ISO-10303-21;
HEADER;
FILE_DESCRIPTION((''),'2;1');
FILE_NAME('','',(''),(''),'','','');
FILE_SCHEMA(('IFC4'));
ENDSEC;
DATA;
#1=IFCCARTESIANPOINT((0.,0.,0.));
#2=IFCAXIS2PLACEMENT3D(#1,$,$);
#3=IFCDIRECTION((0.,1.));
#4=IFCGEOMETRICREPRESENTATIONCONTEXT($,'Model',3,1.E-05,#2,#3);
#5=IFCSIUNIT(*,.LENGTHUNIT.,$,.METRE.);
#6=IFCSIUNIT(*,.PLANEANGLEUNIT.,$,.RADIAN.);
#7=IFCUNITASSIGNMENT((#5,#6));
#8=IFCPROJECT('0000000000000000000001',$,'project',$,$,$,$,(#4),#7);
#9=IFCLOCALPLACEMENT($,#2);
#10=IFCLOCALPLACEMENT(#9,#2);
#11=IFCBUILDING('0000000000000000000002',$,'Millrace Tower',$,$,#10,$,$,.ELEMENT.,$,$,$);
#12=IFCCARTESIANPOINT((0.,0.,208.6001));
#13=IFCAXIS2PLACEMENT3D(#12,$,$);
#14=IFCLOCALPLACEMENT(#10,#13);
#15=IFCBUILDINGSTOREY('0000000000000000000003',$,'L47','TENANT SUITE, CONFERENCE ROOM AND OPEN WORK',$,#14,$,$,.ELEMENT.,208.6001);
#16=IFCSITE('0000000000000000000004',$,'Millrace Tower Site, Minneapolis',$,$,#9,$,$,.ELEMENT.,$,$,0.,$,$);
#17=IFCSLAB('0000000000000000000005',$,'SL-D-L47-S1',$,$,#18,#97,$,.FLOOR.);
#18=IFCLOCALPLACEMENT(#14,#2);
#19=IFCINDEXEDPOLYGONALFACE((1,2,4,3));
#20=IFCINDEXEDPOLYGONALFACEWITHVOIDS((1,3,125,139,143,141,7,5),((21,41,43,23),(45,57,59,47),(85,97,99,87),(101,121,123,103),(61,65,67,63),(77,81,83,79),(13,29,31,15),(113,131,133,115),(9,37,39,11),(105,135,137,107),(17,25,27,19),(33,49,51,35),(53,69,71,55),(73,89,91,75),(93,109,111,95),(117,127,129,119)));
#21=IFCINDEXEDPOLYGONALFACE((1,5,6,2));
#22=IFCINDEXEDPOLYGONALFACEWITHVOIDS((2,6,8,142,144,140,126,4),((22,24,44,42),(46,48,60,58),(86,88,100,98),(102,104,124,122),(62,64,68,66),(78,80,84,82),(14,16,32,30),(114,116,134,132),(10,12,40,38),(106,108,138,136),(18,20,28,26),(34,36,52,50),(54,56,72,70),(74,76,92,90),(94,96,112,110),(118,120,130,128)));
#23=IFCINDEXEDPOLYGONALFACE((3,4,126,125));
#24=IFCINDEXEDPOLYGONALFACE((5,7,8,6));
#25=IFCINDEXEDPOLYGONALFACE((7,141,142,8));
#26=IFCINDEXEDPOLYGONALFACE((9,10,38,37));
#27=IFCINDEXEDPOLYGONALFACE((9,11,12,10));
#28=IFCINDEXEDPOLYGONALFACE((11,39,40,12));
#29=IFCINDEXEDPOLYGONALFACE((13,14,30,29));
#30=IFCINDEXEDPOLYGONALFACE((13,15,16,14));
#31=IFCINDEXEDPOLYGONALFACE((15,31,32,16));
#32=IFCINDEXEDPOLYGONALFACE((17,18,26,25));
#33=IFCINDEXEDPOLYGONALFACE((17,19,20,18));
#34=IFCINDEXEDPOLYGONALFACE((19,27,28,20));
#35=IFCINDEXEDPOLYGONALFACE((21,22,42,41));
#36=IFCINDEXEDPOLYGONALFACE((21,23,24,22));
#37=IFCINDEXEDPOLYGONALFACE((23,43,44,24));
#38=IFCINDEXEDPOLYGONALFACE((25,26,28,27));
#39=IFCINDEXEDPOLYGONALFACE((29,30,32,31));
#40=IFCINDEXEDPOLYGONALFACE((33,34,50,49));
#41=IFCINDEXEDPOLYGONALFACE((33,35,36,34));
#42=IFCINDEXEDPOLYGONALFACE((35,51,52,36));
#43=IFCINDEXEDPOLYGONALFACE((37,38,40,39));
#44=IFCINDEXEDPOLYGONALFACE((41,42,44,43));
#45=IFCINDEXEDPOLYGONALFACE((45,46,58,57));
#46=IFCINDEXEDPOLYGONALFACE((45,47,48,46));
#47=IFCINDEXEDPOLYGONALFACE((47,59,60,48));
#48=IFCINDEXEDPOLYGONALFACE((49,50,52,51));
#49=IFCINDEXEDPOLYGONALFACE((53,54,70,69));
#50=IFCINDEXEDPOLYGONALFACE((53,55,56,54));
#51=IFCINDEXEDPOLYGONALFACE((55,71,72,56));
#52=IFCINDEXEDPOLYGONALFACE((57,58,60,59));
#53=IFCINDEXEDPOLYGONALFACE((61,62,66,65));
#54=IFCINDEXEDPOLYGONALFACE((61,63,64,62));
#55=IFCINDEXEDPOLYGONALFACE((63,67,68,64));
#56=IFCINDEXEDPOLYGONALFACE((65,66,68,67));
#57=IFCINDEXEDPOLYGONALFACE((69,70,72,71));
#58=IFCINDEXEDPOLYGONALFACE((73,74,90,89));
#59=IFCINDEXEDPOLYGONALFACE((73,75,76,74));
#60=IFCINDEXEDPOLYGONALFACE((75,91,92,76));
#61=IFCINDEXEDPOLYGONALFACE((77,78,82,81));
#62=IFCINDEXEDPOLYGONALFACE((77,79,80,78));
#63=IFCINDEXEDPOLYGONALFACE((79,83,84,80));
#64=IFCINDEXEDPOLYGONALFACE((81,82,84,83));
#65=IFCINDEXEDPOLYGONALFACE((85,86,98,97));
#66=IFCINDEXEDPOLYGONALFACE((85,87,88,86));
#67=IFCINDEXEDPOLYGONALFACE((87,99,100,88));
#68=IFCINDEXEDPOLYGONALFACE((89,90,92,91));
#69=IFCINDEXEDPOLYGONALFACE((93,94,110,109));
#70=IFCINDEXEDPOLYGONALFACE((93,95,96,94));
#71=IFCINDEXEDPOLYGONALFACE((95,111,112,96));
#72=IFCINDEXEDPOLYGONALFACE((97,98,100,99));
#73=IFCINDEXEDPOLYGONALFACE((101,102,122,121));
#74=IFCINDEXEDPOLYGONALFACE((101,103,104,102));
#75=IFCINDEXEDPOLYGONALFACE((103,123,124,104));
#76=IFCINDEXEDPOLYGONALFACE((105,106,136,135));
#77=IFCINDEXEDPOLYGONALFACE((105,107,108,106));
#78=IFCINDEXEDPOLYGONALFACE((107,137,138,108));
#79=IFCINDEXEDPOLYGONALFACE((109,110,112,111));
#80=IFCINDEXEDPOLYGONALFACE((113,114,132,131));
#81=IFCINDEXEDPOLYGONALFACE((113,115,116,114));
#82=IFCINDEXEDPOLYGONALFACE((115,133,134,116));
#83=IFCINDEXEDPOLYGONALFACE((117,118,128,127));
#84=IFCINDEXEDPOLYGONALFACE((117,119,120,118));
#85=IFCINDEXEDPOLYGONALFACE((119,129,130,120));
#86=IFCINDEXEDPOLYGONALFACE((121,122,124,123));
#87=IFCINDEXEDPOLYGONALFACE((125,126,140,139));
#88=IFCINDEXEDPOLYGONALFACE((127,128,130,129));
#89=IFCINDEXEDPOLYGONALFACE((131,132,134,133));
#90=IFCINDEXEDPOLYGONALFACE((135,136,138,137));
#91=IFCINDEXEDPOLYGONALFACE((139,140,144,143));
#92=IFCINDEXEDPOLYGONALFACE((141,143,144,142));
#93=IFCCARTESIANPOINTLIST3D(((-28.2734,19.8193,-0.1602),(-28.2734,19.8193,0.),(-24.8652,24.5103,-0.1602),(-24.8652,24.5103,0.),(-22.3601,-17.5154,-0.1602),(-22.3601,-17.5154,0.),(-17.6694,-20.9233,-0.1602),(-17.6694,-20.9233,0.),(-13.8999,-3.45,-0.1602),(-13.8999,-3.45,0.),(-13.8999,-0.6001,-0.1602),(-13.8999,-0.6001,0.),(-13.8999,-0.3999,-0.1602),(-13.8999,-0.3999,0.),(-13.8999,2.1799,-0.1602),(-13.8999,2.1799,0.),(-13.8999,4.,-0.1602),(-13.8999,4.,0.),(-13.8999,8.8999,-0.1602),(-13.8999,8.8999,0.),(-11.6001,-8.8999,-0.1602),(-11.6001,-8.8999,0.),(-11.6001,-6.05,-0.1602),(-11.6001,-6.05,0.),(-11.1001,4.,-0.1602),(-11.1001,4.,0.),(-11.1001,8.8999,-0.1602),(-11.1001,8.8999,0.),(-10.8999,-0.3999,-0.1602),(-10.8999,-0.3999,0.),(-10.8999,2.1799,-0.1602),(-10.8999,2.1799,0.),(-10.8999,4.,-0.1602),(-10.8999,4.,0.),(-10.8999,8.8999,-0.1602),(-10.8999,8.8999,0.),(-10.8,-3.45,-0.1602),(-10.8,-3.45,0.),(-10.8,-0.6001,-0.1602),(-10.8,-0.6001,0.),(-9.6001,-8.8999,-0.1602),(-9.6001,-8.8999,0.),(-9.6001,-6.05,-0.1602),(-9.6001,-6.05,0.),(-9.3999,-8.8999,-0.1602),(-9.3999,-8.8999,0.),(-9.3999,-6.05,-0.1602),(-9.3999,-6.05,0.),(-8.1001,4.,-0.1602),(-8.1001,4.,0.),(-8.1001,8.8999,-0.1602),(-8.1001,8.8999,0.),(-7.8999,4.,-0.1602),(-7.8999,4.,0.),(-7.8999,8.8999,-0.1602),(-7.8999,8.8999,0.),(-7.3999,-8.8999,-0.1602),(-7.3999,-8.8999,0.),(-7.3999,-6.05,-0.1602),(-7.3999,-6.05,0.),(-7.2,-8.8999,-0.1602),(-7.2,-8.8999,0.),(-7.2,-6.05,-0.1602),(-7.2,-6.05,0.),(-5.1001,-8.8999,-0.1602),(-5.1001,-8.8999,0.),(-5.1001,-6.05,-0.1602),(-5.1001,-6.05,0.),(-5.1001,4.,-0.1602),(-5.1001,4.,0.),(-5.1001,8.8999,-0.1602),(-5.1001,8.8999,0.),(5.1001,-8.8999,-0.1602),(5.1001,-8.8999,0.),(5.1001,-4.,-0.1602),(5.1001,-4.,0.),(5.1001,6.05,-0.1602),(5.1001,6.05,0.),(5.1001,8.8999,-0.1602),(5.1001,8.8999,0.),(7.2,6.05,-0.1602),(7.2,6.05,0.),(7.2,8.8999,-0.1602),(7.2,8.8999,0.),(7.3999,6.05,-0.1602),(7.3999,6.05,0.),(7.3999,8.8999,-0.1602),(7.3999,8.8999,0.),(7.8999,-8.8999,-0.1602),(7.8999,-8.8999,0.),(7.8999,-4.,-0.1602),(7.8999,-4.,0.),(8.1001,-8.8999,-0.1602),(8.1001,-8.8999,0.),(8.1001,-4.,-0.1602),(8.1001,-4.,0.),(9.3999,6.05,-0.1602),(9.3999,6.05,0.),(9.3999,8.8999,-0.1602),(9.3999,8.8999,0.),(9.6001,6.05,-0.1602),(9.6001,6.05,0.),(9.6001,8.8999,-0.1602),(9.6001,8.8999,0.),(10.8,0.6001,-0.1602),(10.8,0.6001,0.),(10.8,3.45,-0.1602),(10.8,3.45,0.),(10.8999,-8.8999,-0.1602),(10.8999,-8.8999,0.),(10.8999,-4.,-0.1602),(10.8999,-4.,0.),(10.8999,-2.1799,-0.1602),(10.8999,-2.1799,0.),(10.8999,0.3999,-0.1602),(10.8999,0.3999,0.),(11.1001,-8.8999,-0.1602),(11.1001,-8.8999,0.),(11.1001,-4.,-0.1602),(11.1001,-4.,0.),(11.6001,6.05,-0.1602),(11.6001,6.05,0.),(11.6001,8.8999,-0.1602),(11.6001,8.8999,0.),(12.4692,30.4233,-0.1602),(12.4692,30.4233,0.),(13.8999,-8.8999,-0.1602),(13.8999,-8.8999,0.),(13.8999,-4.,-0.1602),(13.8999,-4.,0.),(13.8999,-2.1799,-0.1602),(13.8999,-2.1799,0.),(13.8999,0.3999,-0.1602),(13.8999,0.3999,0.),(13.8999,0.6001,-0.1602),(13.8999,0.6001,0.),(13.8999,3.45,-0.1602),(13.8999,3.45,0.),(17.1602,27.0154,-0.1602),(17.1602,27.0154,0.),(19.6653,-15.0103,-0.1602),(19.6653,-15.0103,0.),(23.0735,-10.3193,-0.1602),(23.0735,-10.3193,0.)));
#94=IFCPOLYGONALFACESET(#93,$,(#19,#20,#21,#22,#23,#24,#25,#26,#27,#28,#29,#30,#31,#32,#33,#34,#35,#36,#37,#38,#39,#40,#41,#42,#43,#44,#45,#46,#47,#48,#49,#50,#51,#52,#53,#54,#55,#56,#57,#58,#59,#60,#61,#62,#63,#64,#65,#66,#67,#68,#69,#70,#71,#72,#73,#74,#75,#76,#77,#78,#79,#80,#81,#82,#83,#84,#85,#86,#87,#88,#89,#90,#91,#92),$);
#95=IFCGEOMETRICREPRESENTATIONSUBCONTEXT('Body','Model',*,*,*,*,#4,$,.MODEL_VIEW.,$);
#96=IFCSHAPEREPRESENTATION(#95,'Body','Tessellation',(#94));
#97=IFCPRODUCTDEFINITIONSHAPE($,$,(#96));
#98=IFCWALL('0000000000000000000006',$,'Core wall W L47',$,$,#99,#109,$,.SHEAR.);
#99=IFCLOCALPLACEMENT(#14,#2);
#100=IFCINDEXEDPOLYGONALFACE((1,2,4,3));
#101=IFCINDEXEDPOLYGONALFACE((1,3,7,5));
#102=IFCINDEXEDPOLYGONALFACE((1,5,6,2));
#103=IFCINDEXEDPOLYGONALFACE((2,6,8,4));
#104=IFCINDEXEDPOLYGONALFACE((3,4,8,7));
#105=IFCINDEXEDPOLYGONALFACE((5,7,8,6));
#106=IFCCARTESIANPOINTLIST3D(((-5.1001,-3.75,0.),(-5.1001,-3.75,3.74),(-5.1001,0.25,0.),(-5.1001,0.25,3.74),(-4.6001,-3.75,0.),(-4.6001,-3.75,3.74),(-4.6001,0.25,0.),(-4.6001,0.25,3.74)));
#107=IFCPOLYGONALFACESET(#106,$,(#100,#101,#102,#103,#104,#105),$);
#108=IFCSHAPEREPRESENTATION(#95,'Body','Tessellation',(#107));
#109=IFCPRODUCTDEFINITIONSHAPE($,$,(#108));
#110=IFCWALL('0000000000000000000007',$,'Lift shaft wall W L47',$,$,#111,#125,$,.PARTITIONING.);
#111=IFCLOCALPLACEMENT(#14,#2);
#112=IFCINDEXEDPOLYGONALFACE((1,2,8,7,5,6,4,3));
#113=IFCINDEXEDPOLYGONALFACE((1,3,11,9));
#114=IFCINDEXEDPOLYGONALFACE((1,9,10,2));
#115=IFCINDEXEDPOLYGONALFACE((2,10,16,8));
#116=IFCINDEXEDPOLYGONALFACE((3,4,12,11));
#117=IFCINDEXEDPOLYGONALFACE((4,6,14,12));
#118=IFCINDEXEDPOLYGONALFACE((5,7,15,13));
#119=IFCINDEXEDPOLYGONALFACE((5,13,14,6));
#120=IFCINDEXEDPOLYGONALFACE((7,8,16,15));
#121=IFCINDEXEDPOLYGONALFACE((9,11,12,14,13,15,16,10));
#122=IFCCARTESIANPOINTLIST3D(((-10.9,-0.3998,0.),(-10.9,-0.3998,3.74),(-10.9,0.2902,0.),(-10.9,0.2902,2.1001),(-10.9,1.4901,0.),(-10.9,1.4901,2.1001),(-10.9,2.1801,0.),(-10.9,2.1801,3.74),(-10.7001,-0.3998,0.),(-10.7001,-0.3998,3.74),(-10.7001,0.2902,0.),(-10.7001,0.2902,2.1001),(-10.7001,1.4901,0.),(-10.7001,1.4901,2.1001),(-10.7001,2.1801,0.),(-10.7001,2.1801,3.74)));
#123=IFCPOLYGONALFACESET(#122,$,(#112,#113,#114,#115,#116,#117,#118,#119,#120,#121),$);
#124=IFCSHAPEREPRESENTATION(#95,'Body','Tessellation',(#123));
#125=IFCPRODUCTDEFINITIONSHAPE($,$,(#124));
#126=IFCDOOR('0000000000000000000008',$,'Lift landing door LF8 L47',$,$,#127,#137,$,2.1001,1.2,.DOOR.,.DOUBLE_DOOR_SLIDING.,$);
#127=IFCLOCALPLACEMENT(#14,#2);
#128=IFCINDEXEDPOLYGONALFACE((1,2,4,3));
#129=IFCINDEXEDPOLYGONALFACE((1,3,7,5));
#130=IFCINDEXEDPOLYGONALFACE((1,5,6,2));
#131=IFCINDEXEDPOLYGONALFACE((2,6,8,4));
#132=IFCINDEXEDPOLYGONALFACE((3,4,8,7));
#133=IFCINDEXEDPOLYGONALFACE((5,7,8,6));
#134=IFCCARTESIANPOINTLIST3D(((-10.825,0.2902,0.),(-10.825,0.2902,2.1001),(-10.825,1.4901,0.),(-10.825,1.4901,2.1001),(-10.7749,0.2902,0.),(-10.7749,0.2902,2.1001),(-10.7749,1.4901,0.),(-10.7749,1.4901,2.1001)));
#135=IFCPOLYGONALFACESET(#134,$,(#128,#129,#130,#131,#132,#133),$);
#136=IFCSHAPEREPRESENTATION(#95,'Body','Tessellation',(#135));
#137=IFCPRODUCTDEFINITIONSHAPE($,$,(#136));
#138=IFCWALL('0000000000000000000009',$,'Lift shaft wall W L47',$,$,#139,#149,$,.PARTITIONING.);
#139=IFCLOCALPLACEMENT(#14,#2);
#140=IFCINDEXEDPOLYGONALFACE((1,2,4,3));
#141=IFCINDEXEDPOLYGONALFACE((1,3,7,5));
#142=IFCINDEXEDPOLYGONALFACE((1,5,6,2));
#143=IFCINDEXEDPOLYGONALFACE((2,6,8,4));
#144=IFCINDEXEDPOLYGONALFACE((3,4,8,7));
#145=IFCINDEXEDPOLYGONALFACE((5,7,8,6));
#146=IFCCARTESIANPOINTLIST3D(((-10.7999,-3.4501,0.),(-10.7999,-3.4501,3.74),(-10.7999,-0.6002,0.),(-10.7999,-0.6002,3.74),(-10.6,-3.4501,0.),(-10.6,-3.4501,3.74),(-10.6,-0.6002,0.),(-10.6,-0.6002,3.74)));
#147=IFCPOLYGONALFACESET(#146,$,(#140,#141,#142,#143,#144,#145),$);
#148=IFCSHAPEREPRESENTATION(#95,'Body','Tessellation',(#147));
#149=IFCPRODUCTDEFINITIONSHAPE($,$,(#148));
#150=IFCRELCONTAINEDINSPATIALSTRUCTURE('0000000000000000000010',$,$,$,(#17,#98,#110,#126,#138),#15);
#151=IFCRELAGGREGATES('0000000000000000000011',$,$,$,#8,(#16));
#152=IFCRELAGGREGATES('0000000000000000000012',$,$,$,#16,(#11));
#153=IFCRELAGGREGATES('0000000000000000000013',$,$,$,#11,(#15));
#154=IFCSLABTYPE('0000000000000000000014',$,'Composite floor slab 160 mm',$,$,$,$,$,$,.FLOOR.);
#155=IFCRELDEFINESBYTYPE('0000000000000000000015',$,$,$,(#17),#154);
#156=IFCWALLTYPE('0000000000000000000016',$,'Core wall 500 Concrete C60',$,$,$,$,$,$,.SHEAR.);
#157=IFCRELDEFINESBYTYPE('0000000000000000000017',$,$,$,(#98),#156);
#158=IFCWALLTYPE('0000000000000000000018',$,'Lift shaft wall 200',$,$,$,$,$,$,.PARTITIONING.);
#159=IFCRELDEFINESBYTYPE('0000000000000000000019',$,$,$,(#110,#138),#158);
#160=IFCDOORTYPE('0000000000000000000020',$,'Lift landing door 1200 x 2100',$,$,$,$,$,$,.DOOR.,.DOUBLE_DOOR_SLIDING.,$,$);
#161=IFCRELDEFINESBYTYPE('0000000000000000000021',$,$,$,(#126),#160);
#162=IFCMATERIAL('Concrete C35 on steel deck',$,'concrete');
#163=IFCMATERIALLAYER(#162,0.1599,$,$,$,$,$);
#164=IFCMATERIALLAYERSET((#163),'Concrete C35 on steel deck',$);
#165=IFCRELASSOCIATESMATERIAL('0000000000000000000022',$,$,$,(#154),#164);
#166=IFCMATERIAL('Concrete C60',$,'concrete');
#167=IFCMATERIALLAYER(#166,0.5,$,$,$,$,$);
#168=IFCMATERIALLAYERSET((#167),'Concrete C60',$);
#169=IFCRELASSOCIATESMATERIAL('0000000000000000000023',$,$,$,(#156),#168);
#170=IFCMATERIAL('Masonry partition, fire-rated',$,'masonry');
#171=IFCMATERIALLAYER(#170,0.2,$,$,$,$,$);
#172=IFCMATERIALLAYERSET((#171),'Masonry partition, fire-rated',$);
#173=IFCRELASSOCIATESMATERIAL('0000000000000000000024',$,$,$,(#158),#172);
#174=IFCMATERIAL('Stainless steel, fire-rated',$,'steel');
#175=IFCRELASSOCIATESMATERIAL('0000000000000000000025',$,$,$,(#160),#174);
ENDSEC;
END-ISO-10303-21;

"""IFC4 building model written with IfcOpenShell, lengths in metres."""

from ifc_helpers import new_model, si_unit, direction, frame, frame_2d, origin, place, context, subcontext, project, spatial, polyline, rectangle, outline, extrude, material, layer, layer_set, type_object, element, fill, save


model = new_model("IFC4")

# Units and contexts
model_context = context("Model", 3, precision=1e-05, world=origin(), true_north=direction((0.0, 1.0)))
body_context = subcontext(model_context, "Body", "Model", "MODEL_VIEW")
ifc_project = project(units=[si_unit("LENGTHUNIT", "METRE"), si_unit("PLANEANGLEUNIT", "RADIAN")], contexts=[model_context])

# Site, building, storey
site_placement = place(None, origin())
site = spatial("IfcSite", under=ifc_project, at=site_placement, Name="Millrace Tower Site, Minneapolis", CompositionType="ELEMENT", RefElevation=0.0)
building_placement = place(site_placement, origin())
building = spatial("IfcBuilding", under=site, at=building_placement, Name="Millrace Tower", CompositionType="ELEMENT")
storey_placement = place(building_placement, frame((0.0, 0.0, 208.6001)))
storey = spatial("IfcBuildingStorey", under=building, at=storey_placement, Name="L47", Description="TENANT SUITE, CONFERENCE ROOM AND OPEN WORK", CompositionType="ELEMENT", Elevation=208.6001)

# Slab
ifc_material_1 = material(Name="Concrete C35 on steel deck", Category="concrete")
ifc_layer_1 = layer(ifc_material_1, 0.1599)
ifc_layer_set_1 = layer_set([ifc_layer_1], Name="Concrete C35 on steel deck")
slab_type = type_object("IfcSlabType", Name="Composite floor slab 160 mm", PredefinedType="FLOOR", material=ifc_layer_set_1)
slab_placement = place(storey_placement, frame((0.0, 0.0, -0.1602)))
element("IfcSlab", 1, at=slab_placement, inside=storey, type_object=slab_type, Name="SL-D-L47-S1", PredefinedType="FLOOR", context=body_context, shape_type="SweptSolid", body=[
    extrude(outline(polyline([(-22.3601, -17.5154), (-17.6694, -20.9233), (19.6653, -15.0103), (23.0735, -10.3193), (17.1602, 27.0154), (12.4692, 30.4233), (-24.8652, 24.5103), (-28.2734, 19.8193), (-22.3601, -17.5154)]), holes=[polyline([(-11.6001, -8.8999), (-9.6001, -8.8999), (-9.6001, -6.05), (-11.6001, -6.05), (-11.6001, -8.8999)]), polyline([(-9.3999, -8.8999), (-7.3999, -8.8999), (-7.3999, -6.05), (-9.3999, -6.05), (-9.3999, -8.8999)]), polyline([(-7.2, -8.8999), (-5.1001, -8.8999), (-5.1001, -6.05), (-7.2, -6.05), (-7.2, -8.8999)]), polyline([(-13.8999, -3.45), (-10.8, -3.45), (-10.8, -0.6001), (-13.8999, -0.6001), (-13.8999, -3.45)]), polyline([(-13.8999, -0.3999), (-10.8999, -0.3999), (-10.8999, 2.1799), (-13.8999, 2.1799), (-13.8999, -0.3999)]), polyline([(-13.8999, 4.0), (-11.1001, 4.0), (-11.1001, 8.8999), (-13.8999, 8.8999), (-13.8999, 4.0)]), polyline([(-10.8999, 4.0), (-8.1001, 4.0), (-8.1001, 8.8999), (-10.8999, 8.8999), (-10.8999, 4.0)]), polyline([(-7.8999, 4.0), (-5.1001, 4.0), (-5.1001, 8.8999), (-7.8999, 8.8999), (-7.8999, 4.0)]), polyline([(9.6001, 6.05), (11.6001, 6.05), (11.6001, 8.8999), (9.6001, 8.8999), (9.6001, 6.05)]), polyline([(7.3999, 6.05), (9.3999, 6.05), (9.3999, 8.8999), (7.3999, 8.8999), (7.3999, 6.05)]), polyline([(5.1001, 6.05), (7.2, 6.05), (7.2, 8.8999), (5.1001, 8.8999), (5.1001, 6.05)]), polyline([(10.8, 0.6001), (13.8999, 0.6001), (13.8999, 3.45), (10.8, 3.45), (10.8, 0.6001)]), polyline([(10.8999, -2.1799), (13.8999, -2.1799), (13.8999, 0.3999), (10.8999, 0.3999), (10.8999, -2.1799)]), polyline([(11.1001, -8.8999), (13.8999, -8.8999), (13.8999, -4.0), (11.1001, -4.0), (11.1001, -8.8999)]), polyline([(8.1001, -8.8999), (10.8999, -8.8999), (10.8999, -4.0), (8.1001, -4.0), (8.1001, -8.8999)]), polyline([(5.1001, -8.8999), (7.8999, -8.8999), (7.8999, -4.0), (5.1001, -4.0), (5.1001, -8.8999)])]), origin(), (0.0, 0.0, 1.0), 0.1602),
])

# Wall
ifc_material_2 = material(Name="Concrete C60", Category="concrete")
ifc_layer_2 = layer(ifc_material_2, 0.5)
ifc_layer_set_2 = layer_set([ifc_layer_2], Name="Concrete C60")
wall_type_1 = type_object("IfcWallType", Name="Core wall 500 Concrete C60", PredefinedType="SHEAR", material=ifc_layer_set_2)
wall_1_placement = place(storey_placement, frame((-4.8501, -3.75, 0.0), z_axis=(0.0, 0.0, 1.0), x_axis=(0.0, 1.0, 0.0)))
element("IfcWall", 2, at=wall_1_placement, inside=storey, type_object=wall_type_1, Name="Core wall W L47", PredefinedType="SHEAR", context=body_context, shape_type="SweptSolid", body=[
    extrude(rectangle(XDim=4.0, YDim=0.5, at=frame_2d((2.0, 0.0))), origin(), (0.0, 0.0, 1.0), 3.74),
])

# Wall, opening, door
ifc_material_3 = material(Name="Masonry partition, fire-rated", Category="masonry")
ifc_layer_3 = layer(ifc_material_3, 0.2)
ifc_layer_set_3 = layer_set([ifc_layer_3], Name="Masonry partition, fire-rated")
wall_type_2 = type_object("IfcWallType", Name="Lift shaft wall 200", PredefinedType="PARTITIONING", material=ifc_layer_set_3)
wall_2_placement = place(storey_placement, frame((-10.8, -0.3999, 0.0), z_axis=(0.0, 0.0, 1.0), x_axis=(0.0, 1.0, 0.0)))
wall_2 = element("IfcWall", 3, at=wall_2_placement, inside=storey, type_object=wall_type_2, Name="Lift shaft wall W L47", PredefinedType="PARTITIONING", context=body_context, shape_type="SweptSolid", body=[
    extrude(rectangle(XDim=2.5798, YDim=0.2, at=frame_2d((1.29, 0.0))), origin(), (0.0, 0.0, 1.0), 3.74),
])
opening_1_placement = place(wall_2_placement, frame((0.6899, 0.0, 0.0)))
opening_1 = element("IfcOpeningElement", 4, at=opening_1_placement, cuts=wall_2, PredefinedType="OPENING", context=body_context, shape_type="SweptSolid", body=[
    extrude(rectangle(XDim=1.2, YDim=2.1001, at=frame_2d((0.6001, 1.05))), frame((0.0, 0.1099, 0.0), z_axis=(0.0, -1.0, 0.0), x_axis=(1.0, 0.0, 0.0)), (0.0, 0.0, 1.0), 0.22),
])
ifc_material_4 = material(Name="Stainless steel, fire-rated", Category="steel")
door_type_1 = type_object("IfcDoorType", Name="Lift landing door 1200 x 2100", OperationType="DOUBLE_DOOR_SLIDING", PredefinedType="DOOR", material=ifc_material_4)
door_1_placement = place(opening_1_placement, origin())
door_1 = element("IfcDoor", 5, at=door_1_placement, inside=storey, type_object=door_type_1, Name="Lift landing door LF8 L47", OperationType="DOUBLE_DOOR_SLIDING", OverallHeight=2.1001, OverallWidth=1.2, PredefinedType="DOOR", context=body_context, shape_type="SweptSolid", body=[
    extrude(rectangle(XDim=1.2, YDim=2.1001, at=frame_2d((0.6001, 1.05))), frame((0.0, 0.0249, 0.0), z_axis=(0.0, -1.0, 0.0), x_axis=(1.0, 0.0, 0.0)), (0.0, 0.0, 1.0), 0.05),
])
fill(opening_1, door_1)

# Wall
wall_3_placement = place(storey_placement, frame((-10.7, -3.45, 0.0), z_axis=(0.0, 0.0, 1.0), x_axis=(0.0, 1.0, 0.0)))
element("IfcWall", 6, at=wall_3_placement, inside=storey, type_object=wall_type_2, Name="Lift shaft wall W L47", PredefinedType="PARTITIONING", context=body_context, shape_type="SweptSolid", body=[
    extrude(rectangle(XDim=2.8499, YDim=0.2, at=frame_2d((1.4248, 0.0))), origin(), (0.0, 0.0, 1.0), 3.74),
])

save(model, "model.ifc")
